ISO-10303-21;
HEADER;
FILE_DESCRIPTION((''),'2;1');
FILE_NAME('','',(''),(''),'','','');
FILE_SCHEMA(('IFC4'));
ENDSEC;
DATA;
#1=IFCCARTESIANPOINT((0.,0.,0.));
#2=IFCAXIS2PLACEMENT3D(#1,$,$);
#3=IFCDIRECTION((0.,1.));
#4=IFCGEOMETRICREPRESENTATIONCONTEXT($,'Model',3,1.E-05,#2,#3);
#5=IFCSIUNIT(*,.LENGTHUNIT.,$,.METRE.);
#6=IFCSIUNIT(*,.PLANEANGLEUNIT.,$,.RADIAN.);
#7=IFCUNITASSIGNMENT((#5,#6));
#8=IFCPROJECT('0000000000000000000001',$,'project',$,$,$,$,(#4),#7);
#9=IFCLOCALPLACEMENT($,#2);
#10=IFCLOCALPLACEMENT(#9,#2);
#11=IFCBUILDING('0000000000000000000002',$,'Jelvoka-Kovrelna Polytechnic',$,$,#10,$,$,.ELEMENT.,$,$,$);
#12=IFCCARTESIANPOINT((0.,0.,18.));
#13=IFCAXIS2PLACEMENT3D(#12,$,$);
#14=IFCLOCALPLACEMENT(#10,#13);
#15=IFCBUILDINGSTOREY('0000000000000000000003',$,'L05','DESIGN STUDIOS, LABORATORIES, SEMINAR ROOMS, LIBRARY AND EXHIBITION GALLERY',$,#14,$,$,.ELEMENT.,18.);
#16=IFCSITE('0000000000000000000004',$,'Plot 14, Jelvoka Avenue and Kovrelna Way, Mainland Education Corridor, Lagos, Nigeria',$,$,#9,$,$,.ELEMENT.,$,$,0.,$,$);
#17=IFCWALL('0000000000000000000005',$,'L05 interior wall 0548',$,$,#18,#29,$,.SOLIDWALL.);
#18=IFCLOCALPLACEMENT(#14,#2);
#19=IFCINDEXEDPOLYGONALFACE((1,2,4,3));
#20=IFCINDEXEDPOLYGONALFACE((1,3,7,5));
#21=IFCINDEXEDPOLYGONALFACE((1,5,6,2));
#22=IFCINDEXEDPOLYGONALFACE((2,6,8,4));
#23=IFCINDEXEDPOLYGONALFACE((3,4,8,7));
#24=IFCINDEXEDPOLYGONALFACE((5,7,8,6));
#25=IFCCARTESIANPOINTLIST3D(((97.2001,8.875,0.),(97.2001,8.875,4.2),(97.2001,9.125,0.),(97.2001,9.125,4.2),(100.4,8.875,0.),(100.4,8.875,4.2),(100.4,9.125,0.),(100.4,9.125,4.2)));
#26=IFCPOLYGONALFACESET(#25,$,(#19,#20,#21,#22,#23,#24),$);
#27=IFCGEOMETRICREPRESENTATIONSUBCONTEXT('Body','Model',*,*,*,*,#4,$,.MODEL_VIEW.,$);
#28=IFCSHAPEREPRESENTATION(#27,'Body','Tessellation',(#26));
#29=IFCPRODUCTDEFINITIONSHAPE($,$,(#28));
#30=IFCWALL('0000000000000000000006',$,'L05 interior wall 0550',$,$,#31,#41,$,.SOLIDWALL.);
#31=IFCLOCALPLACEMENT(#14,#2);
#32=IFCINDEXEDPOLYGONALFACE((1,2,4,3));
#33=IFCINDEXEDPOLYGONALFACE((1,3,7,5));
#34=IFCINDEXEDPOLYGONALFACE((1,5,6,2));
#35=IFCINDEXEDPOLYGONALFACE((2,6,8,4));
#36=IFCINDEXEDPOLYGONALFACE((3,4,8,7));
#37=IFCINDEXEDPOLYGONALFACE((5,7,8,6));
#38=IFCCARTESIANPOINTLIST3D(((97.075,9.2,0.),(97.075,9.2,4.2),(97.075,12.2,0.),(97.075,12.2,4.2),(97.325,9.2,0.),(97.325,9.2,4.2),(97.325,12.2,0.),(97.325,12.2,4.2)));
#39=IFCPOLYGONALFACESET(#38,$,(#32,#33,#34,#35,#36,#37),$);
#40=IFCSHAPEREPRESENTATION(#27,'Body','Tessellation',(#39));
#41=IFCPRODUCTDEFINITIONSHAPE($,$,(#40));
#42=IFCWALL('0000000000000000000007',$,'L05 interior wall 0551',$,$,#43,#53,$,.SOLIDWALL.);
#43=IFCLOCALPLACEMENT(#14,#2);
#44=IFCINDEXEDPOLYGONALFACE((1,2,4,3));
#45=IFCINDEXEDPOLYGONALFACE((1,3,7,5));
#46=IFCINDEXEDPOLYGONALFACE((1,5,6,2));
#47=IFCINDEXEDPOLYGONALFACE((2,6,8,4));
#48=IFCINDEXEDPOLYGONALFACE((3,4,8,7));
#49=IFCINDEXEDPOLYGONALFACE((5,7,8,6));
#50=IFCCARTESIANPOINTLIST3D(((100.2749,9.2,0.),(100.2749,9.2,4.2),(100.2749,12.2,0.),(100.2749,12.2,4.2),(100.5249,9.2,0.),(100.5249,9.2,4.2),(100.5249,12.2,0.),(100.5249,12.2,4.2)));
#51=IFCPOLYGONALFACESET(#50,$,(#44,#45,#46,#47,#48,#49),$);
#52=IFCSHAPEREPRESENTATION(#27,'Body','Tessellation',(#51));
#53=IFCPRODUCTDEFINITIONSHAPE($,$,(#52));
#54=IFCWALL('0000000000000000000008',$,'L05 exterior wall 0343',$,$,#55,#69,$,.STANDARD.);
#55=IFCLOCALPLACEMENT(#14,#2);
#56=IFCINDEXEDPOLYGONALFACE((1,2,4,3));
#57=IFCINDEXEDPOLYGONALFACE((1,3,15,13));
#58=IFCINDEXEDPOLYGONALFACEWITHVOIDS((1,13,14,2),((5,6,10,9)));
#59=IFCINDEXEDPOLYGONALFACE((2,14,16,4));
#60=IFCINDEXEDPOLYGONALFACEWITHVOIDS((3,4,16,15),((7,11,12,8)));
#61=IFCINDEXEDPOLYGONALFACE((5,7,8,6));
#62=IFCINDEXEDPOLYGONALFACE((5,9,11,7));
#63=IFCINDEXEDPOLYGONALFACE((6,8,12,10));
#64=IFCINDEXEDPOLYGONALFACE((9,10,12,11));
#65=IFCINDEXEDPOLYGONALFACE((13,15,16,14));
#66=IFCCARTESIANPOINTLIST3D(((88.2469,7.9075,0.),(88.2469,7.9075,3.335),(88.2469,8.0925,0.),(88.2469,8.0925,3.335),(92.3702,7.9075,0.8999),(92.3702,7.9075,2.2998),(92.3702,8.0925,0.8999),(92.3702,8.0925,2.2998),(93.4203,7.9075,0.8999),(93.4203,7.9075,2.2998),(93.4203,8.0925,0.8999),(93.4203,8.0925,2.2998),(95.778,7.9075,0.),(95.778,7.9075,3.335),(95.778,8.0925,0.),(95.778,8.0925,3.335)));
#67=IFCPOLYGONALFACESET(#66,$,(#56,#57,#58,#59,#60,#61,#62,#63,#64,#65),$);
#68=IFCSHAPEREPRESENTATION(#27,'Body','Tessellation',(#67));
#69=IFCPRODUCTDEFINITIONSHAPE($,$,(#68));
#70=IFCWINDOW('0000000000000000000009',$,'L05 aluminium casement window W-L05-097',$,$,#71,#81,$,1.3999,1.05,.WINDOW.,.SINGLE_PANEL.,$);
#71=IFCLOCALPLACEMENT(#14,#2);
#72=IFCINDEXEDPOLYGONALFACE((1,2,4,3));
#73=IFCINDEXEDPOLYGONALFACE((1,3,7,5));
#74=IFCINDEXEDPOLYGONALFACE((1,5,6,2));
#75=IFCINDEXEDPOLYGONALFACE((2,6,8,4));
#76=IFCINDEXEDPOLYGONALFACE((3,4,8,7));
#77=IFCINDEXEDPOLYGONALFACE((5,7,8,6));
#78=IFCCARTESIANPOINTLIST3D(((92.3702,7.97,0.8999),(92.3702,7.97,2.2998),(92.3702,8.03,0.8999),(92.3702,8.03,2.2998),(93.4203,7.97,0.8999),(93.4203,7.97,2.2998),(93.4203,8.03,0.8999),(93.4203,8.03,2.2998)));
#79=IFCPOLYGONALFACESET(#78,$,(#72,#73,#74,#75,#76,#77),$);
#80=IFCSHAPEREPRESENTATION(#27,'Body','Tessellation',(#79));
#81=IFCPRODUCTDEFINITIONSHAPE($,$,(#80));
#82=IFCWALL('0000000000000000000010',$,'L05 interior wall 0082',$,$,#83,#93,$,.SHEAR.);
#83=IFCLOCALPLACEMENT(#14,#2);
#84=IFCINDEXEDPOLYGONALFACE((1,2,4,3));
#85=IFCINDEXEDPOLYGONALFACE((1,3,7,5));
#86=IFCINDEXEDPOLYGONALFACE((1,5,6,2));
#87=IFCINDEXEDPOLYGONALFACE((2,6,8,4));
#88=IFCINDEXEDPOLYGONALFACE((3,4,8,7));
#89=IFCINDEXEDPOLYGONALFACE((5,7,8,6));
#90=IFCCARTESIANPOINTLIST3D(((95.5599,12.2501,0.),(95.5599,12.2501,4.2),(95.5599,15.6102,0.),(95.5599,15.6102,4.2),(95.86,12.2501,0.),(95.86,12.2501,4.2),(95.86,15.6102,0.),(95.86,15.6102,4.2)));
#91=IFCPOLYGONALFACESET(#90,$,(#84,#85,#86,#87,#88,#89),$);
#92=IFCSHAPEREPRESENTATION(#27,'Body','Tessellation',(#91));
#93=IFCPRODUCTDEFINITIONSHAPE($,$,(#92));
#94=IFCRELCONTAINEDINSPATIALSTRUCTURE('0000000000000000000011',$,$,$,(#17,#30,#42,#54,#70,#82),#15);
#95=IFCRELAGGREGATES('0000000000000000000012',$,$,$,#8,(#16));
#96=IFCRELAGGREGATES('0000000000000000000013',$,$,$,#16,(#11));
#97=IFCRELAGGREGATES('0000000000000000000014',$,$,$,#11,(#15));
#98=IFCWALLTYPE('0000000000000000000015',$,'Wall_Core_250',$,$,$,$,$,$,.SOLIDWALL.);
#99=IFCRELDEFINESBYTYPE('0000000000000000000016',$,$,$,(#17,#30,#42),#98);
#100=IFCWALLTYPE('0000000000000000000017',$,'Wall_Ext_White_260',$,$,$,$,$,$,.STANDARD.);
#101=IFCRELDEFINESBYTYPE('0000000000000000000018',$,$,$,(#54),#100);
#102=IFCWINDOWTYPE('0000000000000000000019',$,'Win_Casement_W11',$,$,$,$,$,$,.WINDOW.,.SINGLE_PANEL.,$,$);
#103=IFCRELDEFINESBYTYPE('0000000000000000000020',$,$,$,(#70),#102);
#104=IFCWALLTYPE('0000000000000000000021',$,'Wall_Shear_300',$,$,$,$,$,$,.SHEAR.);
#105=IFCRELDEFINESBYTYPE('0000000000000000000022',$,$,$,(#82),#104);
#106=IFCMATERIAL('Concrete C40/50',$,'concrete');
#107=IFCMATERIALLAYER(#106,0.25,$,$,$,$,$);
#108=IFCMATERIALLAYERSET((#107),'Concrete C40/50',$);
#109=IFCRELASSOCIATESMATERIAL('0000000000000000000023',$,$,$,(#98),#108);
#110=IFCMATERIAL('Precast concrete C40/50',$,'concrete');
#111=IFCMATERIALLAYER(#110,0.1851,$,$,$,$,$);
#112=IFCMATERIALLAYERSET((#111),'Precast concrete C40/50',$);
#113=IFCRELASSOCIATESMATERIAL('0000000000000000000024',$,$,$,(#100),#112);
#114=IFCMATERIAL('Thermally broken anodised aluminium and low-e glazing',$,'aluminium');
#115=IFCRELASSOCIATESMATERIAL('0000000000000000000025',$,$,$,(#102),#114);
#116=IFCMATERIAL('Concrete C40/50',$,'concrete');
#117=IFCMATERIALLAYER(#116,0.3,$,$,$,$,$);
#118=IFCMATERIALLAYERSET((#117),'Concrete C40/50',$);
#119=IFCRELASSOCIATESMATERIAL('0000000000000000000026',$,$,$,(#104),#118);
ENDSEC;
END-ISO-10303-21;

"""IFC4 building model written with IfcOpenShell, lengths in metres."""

from ifc_helpers import new_model, si_unit, direction, frame, frame_2d, origin, place, context, subcontext, project, spatial, rectangle, extrude, material, layer, layer_set, type_object, element, fill, save


model = new_model("IFC4")

# Units and contexts
model_context = context("Model", 3, precision=1e-05, world=origin(), true_north=direction((0.0, 1.0)))
body_context = subcontext(model_context, "Body", "Model", "MODEL_VIEW")
ifc_project = project(units=[si_unit("LENGTHUNIT", "METRE"), si_unit("PLANEANGLEUNIT", "RADIAN")], contexts=[model_context])

# Site, building, storey
site_placement = place(None, origin())
site = spatial("IfcSite", under=ifc_project, at=site_placement, Name="Plot 14, Jelvoka Avenue and Kovrelna Way, Mainland Education Corridor, Lagos, Nigeria", CompositionType="ELEMENT", RefElevation=0.0)
building_placement = place(site_placement, origin())
building = spatial("IfcBuilding", under=site, at=building_placement, Name="Jelvoka-Kovrelna Polytechnic", CompositionType="ELEMENT")
storey_placement = place(building_placement, frame((0.0, 0.0, 18.0)))
storey = spatial("IfcBuildingStorey", under=building, at=storey_placement, Name="L05", Description="DESIGN STUDIOS, LABORATORIES, SEMINAR ROOMS, LIBRARY AND EXHIBITION GALLERY", CompositionType="ELEMENT", Elevation=18.0)

# Wall
ifc_material_1 = material(Name="Concrete C40/50", Category="concrete")
ifc_layer_1 = layer(ifc_material_1, 0.25)
ifc_layer_set_1 = layer_set([ifc_layer_1], Name="Concrete C40/50")
wall_type_1 = type_object("IfcWallType", Name="Wall_Core_250", PredefinedType="SOLIDWALL", material=ifc_layer_set_1)
wall_1_placement = place(storey_placement, frame((97.2, 9.0, 0.0), z_axis=(0.0, 0.0, 1.0), x_axis=(1.0, 0.0, 0.0)))
element("IfcWall", 1, at=wall_1_placement, inside=storey, type_object=wall_type_1, Name="L05 interior wall 0548", PredefinedType="SOLIDWALL", context=body_context, shape_type="SweptSolid", body=[
    extrude(rectangle(XDim=3.2, YDim=0.25, at=frame_2d((1.6001, 0.0))), origin(), (0.0, 0.0, 1.0), 4.2),
])

# Walls
for number, where, z_axis, x_axis, name in (
    (2, (97.2, 9.2, 0.0), (0.0, 0.0, 1.0), (0.0, 1.0, 0.0), "L05 interior wall 0550"),
    (3, (100.3999, 9.2, 0.0), (0.0, 0.0, 1.0), (0.0, 1.0, 0.0), "L05 interior wall 0551"),
):
    element("IfcWall", number, at=place(storey_placement, frame(where, z_axis=z_axis, x_axis=x_axis)), inside=storey, type_object=wall_type_1, Name=name, PredefinedType="SOLIDWALL", context=body_context, shape_type="SweptSolid", body=[
        extrude(rectangle(XDim=3.0, YDim=0.25, at=frame_2d((1.5, 0.0))), origin(), (0.0, 0.0, 1.0), 4.2),
    ])

# Wall, opening, window
ifc_material_2 = material(Name="Precast concrete C40/50", Category="concrete")
ifc_layer_2 = layer(ifc_material_2, 0.1851)
ifc_layer_set_2 = layer_set([ifc_layer_2], Name="Precast concrete C40/50")
wall_type_2 = type_object("IfcWallType", Name="Wall_Ext_White_260", PredefinedType="STANDARD", material=ifc_layer_set_2)
wall_2_placement = place(storey_placement, frame((95.7781, 8.0, 0.0), z_axis=(0.0, 0.0, 1.0), x_axis=(-1.0, 0.0, 0.0)))
wall_2 = element("IfcWall", 4, at=wall_2_placement, inside=storey, type_object=wall_type_2, Name="L05 exterior wall 0343", PredefinedType="STANDARD", context=body_context, shape_type="SweptSolid", body=[
    extrude(rectangle(XDim=7.531, YDim=0.1851, at=frame_2d((3.7656, 0.0))), origin(), (0.0, 0.0, 1.0), 3.335),
])
opening_1_placement = place(wall_2_placement, frame((2.3579, 0.0, 0.8999)))
opening_1 = element("IfcOpeningElement", 5, at=opening_1_placement, cuts=wall_2, PredefinedType="OPENING", context=body_context, shape_type="SweptSolid", body=[
    extrude(rectangle(XDim=1.05, YDim=1.3999, at=frame_2d((0.5249, 0.7))), frame((0.0, 0.1025, 0.0), z_axis=(0.0, -1.0, 0.0), x_axis=(1.0, 0.0, 0.0)), (0.0, 0.0, 1.0), 0.2051),
])
ifc_material_3 = material(Name="Thermally broken anodised aluminium and low-e glazing", Category="aluminium")
window_type = type_object("IfcWindowType", Name="Win_Casement_W11", PartitioningType="SINGLE_PANEL", PredefinedType="WINDOW", material=ifc_material_3)
window_placement = place(opening_1_placement, origin())
window = element("IfcWindow", 6, at=window_placement, inside=storey, type_object=window_type, Name="L05 aluminium casement window W-L05-097", OverallHeight=1.3999, OverallWidth=1.05, PartitioningType="SINGLE_PANEL", PredefinedType="WINDOW", context=body_context, shape_type="SweptSolid", body=[
    extrude(rectangle(XDim=1.05, YDim=1.3999, at=frame_2d((0.5249, 0.7))), frame((0.0, 0.03, 0.0), z_axis=(0.0, -1.0, 0.0), x_axis=(1.0, 0.0, 0.0)), (0.0, 0.0, 1.0), 0.0601),
])
fill(opening_1, window)

# Wall
ifc_material_4 = material(Name="Concrete C40/50", Category="concrete")
ifc_layer_3 = layer(ifc_material_4, 0.3)
ifc_layer_set_3 = layer_set([ifc_layer_3], Name="Concrete C40/50")
wall_type_3 = type_object("IfcWallType", Name="Wall_Shear_300", PredefinedType="SHEAR", material=ifc_layer_set_3)
wall_3_placement = place(storey_placement, frame((95.71, 12.25, 0.0), z_axis=(0.0, 0.0, 1.0), x_axis=(0.0, 1.0, 0.0)))
element("IfcWall", 7, at=wall_3_placement, inside=storey, type_object=wall_type_3, Name="L05 interior wall 0082", PredefinedType="SHEAR", context=body_context, shape_type="SweptSolid", body=[
    extrude(rectangle(XDim=3.3601, YDim=0.3, at=frame_2d((1.6802, 0.0))), origin(), (0.0, 0.0, 1.0), 4.2),
])

save(model, "model.ifc")
